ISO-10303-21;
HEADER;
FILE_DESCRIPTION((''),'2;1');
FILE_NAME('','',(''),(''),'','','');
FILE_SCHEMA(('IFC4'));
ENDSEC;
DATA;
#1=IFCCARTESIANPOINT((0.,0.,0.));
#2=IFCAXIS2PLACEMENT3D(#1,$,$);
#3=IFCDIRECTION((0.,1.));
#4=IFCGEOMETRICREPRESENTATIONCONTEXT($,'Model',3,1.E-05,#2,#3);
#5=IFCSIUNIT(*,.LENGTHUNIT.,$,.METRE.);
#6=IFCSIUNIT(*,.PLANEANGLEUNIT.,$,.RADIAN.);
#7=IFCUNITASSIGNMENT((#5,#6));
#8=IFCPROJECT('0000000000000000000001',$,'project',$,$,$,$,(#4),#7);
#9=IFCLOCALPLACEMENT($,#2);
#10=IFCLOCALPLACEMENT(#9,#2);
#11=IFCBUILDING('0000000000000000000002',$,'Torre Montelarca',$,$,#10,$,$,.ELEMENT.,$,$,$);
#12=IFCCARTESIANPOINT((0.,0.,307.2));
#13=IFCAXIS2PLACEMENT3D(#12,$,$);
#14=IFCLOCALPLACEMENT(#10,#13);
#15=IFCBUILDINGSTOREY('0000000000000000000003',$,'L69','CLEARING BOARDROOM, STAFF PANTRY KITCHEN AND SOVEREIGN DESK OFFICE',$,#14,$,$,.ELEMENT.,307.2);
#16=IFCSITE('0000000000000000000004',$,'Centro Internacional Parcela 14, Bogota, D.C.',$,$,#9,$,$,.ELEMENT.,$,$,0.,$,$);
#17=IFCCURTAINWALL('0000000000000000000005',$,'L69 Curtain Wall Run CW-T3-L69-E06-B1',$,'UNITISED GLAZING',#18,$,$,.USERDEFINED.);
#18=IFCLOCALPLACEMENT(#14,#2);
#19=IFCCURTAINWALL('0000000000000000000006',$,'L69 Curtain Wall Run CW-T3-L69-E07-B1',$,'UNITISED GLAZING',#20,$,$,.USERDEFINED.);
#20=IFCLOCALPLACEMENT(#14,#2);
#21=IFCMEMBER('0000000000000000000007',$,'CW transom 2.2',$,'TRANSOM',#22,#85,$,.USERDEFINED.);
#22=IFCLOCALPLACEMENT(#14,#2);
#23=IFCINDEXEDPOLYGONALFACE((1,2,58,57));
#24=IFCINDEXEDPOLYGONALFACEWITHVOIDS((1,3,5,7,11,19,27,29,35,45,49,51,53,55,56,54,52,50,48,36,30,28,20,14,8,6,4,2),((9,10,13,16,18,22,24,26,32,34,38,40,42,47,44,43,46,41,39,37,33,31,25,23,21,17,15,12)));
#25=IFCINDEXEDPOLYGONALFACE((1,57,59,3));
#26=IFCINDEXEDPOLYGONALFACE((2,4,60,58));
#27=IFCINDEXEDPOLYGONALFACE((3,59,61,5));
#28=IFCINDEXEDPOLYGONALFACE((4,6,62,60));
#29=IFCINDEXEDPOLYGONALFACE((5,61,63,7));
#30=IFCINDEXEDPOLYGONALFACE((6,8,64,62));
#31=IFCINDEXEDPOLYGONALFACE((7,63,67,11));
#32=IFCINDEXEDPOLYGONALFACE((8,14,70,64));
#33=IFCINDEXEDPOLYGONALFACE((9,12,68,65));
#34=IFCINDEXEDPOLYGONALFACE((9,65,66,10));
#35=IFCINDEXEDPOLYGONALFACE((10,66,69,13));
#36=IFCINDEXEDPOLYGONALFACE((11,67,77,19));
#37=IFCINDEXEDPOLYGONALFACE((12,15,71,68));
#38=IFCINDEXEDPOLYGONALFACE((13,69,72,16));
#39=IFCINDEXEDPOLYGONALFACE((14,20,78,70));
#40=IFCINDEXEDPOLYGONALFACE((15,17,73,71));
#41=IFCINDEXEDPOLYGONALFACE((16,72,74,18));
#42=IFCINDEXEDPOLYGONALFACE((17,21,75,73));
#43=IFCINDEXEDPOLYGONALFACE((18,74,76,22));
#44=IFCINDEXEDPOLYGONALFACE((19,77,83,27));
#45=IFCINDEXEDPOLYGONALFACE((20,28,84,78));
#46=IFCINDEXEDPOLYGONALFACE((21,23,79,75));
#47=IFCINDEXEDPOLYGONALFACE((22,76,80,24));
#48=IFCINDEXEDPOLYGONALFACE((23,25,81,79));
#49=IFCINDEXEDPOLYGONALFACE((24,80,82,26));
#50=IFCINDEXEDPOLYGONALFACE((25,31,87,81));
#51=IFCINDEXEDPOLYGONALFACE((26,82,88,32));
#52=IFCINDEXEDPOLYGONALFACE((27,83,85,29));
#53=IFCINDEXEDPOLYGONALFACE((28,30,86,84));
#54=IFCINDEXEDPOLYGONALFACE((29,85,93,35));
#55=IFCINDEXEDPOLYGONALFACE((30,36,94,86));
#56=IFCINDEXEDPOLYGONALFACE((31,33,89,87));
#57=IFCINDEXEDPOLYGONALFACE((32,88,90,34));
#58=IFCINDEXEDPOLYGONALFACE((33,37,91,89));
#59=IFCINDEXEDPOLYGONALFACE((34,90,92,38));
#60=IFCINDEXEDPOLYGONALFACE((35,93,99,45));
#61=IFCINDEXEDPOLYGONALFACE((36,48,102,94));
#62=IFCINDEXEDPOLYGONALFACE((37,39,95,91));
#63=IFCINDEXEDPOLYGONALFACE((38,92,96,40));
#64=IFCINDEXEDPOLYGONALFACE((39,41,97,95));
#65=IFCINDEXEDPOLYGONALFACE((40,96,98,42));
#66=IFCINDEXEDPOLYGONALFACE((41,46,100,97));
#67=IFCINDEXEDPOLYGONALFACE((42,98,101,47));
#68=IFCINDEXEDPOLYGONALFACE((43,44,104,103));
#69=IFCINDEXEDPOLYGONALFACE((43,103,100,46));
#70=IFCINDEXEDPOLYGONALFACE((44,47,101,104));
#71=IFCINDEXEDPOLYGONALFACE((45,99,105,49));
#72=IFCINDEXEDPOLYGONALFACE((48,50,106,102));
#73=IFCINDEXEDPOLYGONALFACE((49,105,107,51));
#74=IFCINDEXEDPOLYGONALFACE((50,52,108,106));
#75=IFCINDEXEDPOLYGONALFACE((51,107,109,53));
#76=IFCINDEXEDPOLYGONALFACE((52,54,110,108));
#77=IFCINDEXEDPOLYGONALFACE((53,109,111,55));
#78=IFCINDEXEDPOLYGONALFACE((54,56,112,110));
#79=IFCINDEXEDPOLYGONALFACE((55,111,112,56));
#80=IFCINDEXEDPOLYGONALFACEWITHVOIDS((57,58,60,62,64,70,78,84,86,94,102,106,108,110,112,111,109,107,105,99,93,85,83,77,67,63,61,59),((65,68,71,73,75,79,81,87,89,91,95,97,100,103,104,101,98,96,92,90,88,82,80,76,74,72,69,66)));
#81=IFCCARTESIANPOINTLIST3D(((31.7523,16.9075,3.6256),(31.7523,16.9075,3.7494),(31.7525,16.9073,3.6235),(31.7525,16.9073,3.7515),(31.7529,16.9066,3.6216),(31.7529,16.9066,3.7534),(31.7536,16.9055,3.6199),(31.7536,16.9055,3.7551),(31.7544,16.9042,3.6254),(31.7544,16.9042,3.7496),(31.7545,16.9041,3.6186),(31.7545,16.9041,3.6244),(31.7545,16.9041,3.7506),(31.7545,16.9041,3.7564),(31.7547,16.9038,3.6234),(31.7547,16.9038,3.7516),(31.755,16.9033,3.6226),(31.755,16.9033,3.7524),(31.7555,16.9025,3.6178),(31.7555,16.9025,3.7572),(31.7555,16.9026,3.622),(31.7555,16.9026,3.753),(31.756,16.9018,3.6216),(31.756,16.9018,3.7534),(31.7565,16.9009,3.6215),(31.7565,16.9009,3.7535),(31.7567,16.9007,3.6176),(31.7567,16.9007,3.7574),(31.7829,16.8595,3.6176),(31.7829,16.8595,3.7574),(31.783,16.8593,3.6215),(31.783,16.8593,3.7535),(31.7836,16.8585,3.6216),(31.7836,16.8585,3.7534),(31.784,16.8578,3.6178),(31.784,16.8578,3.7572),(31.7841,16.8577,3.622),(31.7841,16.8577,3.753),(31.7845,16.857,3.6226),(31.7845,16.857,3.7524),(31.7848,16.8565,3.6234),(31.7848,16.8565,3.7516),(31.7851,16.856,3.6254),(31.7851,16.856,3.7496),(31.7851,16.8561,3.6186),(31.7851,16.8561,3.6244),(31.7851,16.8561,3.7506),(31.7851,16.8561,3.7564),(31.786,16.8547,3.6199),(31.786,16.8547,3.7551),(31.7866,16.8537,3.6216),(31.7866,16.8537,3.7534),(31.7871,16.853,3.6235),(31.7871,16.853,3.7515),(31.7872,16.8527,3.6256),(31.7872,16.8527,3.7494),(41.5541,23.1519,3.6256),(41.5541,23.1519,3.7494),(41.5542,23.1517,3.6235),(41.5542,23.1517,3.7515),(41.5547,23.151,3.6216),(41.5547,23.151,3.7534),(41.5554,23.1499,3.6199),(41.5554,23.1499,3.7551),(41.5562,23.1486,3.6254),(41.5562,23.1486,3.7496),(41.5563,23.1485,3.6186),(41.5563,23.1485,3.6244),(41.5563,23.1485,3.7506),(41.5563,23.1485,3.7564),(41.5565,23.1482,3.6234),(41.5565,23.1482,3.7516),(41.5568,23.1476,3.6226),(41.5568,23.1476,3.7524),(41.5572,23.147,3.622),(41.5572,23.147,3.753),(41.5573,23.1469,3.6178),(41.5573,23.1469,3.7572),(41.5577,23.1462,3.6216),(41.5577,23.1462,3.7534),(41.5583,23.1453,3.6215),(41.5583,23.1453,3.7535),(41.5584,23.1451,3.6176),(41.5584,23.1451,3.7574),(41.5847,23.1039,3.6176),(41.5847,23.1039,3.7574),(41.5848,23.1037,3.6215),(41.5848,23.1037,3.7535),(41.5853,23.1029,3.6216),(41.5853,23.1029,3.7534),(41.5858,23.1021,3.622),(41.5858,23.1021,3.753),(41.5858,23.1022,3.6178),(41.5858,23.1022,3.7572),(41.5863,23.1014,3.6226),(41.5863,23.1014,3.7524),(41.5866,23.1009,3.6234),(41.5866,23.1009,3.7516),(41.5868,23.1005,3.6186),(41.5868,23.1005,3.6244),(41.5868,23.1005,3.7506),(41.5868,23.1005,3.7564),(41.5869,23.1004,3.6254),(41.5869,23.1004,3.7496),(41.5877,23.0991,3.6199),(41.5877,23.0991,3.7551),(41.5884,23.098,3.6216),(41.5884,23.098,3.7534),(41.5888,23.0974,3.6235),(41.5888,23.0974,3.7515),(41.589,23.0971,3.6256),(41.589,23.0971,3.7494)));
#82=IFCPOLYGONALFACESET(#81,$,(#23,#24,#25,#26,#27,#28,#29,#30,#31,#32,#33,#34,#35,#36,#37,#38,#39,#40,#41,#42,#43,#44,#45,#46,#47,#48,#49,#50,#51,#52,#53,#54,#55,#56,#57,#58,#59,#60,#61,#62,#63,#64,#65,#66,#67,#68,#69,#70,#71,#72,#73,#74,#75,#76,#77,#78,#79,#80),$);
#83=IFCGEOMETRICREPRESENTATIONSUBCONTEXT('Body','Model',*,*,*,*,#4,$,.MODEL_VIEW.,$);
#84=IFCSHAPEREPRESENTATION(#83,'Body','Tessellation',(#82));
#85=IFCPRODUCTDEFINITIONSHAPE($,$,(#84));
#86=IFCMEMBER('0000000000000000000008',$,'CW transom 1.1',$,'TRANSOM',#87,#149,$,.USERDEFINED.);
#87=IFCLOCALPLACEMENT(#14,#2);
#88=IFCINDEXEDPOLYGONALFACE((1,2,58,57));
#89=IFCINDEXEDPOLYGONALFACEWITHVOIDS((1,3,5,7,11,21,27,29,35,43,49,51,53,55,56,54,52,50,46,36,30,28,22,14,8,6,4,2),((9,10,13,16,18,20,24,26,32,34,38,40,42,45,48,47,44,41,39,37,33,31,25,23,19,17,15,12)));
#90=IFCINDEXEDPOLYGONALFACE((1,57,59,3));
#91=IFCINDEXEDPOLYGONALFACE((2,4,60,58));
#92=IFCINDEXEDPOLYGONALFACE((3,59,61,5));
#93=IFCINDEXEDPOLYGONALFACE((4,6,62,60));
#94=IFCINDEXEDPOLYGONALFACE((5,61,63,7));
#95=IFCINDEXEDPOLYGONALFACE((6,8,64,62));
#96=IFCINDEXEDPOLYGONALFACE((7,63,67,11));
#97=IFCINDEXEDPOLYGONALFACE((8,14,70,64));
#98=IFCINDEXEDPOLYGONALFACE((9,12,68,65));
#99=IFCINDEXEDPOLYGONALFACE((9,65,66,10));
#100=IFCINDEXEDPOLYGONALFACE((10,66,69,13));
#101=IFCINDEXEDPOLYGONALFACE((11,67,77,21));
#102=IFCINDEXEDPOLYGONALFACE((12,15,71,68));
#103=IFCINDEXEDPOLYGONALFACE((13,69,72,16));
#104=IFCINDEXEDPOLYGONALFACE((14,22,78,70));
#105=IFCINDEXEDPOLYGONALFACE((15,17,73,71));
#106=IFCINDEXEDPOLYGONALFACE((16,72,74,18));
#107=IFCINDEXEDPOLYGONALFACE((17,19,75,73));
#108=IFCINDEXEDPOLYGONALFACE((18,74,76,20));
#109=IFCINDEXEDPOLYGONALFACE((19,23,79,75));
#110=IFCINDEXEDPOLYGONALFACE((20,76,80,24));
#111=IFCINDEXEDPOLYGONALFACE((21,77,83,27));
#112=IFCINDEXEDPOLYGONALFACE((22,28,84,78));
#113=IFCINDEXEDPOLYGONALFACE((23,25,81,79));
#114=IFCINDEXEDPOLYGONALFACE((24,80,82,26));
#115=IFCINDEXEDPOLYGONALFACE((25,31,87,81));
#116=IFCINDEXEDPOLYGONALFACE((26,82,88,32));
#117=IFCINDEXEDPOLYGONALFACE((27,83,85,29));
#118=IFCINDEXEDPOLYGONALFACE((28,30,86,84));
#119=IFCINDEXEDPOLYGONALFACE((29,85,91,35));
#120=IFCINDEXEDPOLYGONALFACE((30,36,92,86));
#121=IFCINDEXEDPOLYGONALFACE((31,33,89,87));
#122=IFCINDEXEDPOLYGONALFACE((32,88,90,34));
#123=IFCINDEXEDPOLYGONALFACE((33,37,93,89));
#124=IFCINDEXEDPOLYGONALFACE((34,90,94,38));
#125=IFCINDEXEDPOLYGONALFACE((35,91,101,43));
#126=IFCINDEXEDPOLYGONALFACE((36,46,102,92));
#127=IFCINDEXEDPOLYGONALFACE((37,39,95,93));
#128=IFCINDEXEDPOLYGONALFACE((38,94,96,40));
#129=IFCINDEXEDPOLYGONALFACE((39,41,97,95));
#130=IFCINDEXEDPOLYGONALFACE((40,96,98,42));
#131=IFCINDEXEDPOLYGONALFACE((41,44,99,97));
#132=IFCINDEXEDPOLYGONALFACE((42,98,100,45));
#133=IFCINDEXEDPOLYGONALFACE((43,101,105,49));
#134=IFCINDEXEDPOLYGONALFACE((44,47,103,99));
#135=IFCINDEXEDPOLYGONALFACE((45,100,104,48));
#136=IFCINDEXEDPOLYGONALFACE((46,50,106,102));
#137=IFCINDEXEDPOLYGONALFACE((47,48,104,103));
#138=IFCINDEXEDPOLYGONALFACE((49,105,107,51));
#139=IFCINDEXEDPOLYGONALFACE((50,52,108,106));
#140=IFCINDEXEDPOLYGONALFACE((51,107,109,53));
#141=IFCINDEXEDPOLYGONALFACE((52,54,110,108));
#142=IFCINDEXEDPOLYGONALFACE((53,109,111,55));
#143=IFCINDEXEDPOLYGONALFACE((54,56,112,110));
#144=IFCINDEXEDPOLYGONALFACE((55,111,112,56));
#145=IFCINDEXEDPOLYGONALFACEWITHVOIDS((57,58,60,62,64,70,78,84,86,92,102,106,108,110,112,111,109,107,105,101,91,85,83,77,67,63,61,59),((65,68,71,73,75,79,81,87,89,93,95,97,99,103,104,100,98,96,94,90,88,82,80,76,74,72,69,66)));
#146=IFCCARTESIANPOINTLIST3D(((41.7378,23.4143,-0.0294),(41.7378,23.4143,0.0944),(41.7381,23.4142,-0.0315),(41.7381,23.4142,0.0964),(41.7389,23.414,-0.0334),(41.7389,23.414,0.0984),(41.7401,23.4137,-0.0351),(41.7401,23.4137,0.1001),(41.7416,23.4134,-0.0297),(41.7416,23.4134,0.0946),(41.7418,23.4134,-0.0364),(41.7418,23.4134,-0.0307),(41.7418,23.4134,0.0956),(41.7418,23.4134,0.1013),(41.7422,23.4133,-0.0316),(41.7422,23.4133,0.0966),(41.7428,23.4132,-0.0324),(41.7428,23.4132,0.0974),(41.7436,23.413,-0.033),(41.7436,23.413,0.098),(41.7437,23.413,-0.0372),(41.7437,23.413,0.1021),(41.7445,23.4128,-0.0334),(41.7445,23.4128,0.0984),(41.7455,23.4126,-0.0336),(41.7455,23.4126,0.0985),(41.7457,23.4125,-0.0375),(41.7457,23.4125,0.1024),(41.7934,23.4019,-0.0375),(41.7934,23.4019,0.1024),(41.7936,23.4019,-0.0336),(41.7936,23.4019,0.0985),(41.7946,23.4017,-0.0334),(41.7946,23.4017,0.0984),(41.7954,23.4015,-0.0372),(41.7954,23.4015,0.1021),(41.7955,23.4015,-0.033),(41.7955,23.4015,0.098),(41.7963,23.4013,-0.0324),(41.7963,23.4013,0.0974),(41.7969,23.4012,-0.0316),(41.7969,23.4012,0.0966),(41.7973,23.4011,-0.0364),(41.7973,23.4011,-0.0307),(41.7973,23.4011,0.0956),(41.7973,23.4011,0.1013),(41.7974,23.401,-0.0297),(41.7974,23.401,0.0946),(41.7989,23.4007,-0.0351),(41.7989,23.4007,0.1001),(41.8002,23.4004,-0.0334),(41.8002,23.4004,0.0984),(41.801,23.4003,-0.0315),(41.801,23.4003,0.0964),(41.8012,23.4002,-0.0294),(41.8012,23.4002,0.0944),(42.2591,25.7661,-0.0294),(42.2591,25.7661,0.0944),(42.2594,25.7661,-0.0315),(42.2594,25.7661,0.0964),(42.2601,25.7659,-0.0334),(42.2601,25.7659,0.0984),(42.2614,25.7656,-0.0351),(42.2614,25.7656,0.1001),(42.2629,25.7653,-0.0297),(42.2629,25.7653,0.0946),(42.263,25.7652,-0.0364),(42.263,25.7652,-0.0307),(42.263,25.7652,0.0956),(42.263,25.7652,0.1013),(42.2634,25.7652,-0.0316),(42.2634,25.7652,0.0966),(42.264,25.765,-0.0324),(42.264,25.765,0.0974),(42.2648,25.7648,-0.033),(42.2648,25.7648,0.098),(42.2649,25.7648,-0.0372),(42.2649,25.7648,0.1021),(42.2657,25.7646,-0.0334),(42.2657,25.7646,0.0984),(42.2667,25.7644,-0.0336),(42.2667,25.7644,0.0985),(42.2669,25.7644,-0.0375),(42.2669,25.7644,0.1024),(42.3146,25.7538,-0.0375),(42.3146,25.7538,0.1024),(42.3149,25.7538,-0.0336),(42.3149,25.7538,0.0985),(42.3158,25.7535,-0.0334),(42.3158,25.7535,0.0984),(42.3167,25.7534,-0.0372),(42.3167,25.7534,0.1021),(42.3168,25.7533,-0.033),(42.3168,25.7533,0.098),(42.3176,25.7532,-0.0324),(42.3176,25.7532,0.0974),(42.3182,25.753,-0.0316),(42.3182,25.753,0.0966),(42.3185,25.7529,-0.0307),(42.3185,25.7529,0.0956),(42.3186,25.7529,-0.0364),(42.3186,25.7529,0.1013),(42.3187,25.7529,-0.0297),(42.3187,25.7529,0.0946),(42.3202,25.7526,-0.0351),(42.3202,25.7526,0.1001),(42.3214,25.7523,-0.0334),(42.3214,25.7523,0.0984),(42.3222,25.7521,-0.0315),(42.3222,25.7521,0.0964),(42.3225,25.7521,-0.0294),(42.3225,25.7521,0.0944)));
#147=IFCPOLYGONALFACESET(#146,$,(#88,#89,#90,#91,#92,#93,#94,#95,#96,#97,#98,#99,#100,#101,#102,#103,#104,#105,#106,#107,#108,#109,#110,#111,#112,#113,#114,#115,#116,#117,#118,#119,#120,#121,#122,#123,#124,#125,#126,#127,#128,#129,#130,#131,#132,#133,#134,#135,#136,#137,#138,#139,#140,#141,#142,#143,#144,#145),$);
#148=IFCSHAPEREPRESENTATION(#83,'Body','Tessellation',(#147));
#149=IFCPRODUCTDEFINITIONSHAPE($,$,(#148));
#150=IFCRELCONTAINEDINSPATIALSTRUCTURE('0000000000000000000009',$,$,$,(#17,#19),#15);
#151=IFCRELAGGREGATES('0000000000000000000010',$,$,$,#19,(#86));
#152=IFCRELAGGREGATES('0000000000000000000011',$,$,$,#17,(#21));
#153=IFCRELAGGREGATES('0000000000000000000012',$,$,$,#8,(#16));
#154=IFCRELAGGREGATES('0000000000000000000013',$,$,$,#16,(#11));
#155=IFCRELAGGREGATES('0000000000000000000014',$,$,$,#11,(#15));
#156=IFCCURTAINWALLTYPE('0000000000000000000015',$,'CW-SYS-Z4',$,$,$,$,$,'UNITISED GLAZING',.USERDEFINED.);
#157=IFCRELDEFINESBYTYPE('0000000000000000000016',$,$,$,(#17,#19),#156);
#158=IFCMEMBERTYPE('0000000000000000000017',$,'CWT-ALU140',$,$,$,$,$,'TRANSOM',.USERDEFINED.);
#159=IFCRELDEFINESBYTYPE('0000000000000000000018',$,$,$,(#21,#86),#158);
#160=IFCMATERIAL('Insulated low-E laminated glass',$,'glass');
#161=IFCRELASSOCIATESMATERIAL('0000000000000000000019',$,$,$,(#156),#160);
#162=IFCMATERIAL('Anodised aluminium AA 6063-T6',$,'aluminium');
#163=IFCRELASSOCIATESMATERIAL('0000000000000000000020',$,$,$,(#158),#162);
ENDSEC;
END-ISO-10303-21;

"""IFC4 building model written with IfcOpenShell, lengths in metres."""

from ifc_helpers import new_model, si_unit, direction, frame, origin, origin_2d, place, context, subcontext, project, spatial, hollow_rectangle, extrude, source, transform, mapped, material, material_profile, profile_set, type_object, element, aggregate, save


model = new_model("IFC4")

# Units and contexts
model_context = context("Model", 3, precision=1e-05, world=origin(), true_north=direction((0.0, 1.0)))
body_context = subcontext(model_context, "Body", "Model", "MODEL_VIEW")
ifc_project = project(units=[si_unit("LENGTHUNIT", "METRE"), si_unit("PLANEANGLEUNIT", "RADIAN")], contexts=[model_context])

# Site, building, storey
site_placement = place(None, origin())
site = spatial("IfcSite", under=ifc_project, at=site_placement, Name="Centro Internacional Parcela 14, Bogota, D.C.", CompositionType="ELEMENT", RefElevation=0.0)
building_placement = place(site_placement, origin())
building = spatial("IfcBuilding", under=site, at=building_placement, Name="Torre Montelarca", CompositionType="ELEMENT")
storey_placement = place(building_placement, frame((0.0, 0.0, 307.2)))
storey = spatial("IfcBuildingStorey", under=building, at=storey_placement, Name="L69", Description="CLEARING BOARDROOM, STAFF PANTRY KITCHEN AND SOVEREIGN DESK OFFICE", CompositionType="ELEMENT", Elevation=307.2)

# Curtain walls
ifc_material_1 = material(Name="Insulated low-E laminated glass", Category="glass")
curtain_wall_type = type_object("IfcCurtainWallType", Name="CW-SYS-Z4", ElementType="UNITISED GLAZING", PredefinedType="USERDEFINED", material=ifc_material_1)
curtain_wall_1_placement = place(storey_placement, origin())
curtain_wall_1 = element("IfcCurtainWall", 1, at=curtain_wall_1_placement, inside=storey, type_object=curtain_wall_type, Name="L69 Curtain Wall Run CW-T3-L69-E06-B1", ObjectType="UNITISED GLAZING", PredefinedType="USERDEFINED")
ifc_material_2 = material(Name="Anodised aluminium AA 6063-T6", Category="aluminium")
curtain_wall_2_placement = place(storey_placement, origin())
curtain_wall_2 = element("IfcCurtainWall", 2, at=curtain_wall_2_placement, inside=storey, type_object=curtain_wall_type, Name="L69 Curtain Wall Run CW-T3-L69-E07-B1", ObjectType="UNITISED GLAZING", PredefinedType="USERDEFINED")

# Members
ifc_material_profile_1 = material_profile(ifc_material_2, hollow_rectangle(XDim=0.0649, YDim=0.1399, WallThickness=0.0039, InnerFilletRadius=0.0039, OuterFilletRadius=0.0081, at=origin_2d()), Name="ALU65X140X4", Category="aluminium")
ifc_profile_set_1 = profile_set([ifc_material_profile_1], Name="Anodised aluminium AA 6063-T6")
member_type_1 = type_object("IfcMemberType", Name="CWT-ALU140", ElementType="TRANSOM", PredefinedType="USERDEFINED", material=ifc_profile_set_1)
shared_shape_1 = source(origin(), body_context, "Body", "SweptSolid", [
    extrude(hollow_rectangle(XDim=0.0649, YDim=0.1399, WallThickness=0.0039, InnerFilletRadius=0.0039, OuterFilletRadius=0.0081, at=origin_2d()), origin(), (0.0, 0.0, 1.0), 11.6218),
])
member_1_placement = place(storey_placement, frame((31.7698, 16.8801, 3.6875), z_axis=(0.843392, 0.537298, 0.0), x_axis=(-0.537298, 0.843392, 0.0)))
member_1 = element("IfcMember", 3, at=member_1_placement, type_object=member_type_1, Name="CW transom 2.2", ObjectType="TRANSOM", PredefinedType="USERDEFINED", context=body_context, shape_type="MappedRepresentation", body=[
    mapped(shared_shape_1, transform((0.0, 0.0, 0.0), scale=1.0)),
])
shared_shape_2 = source(origin(), body_context, "Body", "SweptSolid", [
    extrude(hollow_rectangle(XDim=0.0649, YDim=0.1399, WallThickness=0.0039, InnerFilletRadius=0.0039, OuterFilletRadius=0.0081, at=origin_2d()), origin(), (0.0, 0.0, 1.0), 2.4089),
])
member_2_placement = place(storey_placement, frame((41.7695, 23.4072, 0.0325), z_axis=(0.216383, 0.976309, 0.0), x_axis=(-0.976309, 0.216383, 0.0)))
member_2 = element("IfcMember", 4, at=member_2_placement, type_object=member_type_1, Name="CW transom 1.1", ObjectType="TRANSOM", PredefinedType="USERDEFINED", context=body_context, shape_type="MappedRepresentation", body=[
    mapped(shared_shape_2, transform((0.0, 0.0, 0.0), scale=1.0)),
])

aggregate(curtain_wall_2, [member_2])
aggregate(curtain_wall_1, [member_1])

save(model, "model.ifc")
